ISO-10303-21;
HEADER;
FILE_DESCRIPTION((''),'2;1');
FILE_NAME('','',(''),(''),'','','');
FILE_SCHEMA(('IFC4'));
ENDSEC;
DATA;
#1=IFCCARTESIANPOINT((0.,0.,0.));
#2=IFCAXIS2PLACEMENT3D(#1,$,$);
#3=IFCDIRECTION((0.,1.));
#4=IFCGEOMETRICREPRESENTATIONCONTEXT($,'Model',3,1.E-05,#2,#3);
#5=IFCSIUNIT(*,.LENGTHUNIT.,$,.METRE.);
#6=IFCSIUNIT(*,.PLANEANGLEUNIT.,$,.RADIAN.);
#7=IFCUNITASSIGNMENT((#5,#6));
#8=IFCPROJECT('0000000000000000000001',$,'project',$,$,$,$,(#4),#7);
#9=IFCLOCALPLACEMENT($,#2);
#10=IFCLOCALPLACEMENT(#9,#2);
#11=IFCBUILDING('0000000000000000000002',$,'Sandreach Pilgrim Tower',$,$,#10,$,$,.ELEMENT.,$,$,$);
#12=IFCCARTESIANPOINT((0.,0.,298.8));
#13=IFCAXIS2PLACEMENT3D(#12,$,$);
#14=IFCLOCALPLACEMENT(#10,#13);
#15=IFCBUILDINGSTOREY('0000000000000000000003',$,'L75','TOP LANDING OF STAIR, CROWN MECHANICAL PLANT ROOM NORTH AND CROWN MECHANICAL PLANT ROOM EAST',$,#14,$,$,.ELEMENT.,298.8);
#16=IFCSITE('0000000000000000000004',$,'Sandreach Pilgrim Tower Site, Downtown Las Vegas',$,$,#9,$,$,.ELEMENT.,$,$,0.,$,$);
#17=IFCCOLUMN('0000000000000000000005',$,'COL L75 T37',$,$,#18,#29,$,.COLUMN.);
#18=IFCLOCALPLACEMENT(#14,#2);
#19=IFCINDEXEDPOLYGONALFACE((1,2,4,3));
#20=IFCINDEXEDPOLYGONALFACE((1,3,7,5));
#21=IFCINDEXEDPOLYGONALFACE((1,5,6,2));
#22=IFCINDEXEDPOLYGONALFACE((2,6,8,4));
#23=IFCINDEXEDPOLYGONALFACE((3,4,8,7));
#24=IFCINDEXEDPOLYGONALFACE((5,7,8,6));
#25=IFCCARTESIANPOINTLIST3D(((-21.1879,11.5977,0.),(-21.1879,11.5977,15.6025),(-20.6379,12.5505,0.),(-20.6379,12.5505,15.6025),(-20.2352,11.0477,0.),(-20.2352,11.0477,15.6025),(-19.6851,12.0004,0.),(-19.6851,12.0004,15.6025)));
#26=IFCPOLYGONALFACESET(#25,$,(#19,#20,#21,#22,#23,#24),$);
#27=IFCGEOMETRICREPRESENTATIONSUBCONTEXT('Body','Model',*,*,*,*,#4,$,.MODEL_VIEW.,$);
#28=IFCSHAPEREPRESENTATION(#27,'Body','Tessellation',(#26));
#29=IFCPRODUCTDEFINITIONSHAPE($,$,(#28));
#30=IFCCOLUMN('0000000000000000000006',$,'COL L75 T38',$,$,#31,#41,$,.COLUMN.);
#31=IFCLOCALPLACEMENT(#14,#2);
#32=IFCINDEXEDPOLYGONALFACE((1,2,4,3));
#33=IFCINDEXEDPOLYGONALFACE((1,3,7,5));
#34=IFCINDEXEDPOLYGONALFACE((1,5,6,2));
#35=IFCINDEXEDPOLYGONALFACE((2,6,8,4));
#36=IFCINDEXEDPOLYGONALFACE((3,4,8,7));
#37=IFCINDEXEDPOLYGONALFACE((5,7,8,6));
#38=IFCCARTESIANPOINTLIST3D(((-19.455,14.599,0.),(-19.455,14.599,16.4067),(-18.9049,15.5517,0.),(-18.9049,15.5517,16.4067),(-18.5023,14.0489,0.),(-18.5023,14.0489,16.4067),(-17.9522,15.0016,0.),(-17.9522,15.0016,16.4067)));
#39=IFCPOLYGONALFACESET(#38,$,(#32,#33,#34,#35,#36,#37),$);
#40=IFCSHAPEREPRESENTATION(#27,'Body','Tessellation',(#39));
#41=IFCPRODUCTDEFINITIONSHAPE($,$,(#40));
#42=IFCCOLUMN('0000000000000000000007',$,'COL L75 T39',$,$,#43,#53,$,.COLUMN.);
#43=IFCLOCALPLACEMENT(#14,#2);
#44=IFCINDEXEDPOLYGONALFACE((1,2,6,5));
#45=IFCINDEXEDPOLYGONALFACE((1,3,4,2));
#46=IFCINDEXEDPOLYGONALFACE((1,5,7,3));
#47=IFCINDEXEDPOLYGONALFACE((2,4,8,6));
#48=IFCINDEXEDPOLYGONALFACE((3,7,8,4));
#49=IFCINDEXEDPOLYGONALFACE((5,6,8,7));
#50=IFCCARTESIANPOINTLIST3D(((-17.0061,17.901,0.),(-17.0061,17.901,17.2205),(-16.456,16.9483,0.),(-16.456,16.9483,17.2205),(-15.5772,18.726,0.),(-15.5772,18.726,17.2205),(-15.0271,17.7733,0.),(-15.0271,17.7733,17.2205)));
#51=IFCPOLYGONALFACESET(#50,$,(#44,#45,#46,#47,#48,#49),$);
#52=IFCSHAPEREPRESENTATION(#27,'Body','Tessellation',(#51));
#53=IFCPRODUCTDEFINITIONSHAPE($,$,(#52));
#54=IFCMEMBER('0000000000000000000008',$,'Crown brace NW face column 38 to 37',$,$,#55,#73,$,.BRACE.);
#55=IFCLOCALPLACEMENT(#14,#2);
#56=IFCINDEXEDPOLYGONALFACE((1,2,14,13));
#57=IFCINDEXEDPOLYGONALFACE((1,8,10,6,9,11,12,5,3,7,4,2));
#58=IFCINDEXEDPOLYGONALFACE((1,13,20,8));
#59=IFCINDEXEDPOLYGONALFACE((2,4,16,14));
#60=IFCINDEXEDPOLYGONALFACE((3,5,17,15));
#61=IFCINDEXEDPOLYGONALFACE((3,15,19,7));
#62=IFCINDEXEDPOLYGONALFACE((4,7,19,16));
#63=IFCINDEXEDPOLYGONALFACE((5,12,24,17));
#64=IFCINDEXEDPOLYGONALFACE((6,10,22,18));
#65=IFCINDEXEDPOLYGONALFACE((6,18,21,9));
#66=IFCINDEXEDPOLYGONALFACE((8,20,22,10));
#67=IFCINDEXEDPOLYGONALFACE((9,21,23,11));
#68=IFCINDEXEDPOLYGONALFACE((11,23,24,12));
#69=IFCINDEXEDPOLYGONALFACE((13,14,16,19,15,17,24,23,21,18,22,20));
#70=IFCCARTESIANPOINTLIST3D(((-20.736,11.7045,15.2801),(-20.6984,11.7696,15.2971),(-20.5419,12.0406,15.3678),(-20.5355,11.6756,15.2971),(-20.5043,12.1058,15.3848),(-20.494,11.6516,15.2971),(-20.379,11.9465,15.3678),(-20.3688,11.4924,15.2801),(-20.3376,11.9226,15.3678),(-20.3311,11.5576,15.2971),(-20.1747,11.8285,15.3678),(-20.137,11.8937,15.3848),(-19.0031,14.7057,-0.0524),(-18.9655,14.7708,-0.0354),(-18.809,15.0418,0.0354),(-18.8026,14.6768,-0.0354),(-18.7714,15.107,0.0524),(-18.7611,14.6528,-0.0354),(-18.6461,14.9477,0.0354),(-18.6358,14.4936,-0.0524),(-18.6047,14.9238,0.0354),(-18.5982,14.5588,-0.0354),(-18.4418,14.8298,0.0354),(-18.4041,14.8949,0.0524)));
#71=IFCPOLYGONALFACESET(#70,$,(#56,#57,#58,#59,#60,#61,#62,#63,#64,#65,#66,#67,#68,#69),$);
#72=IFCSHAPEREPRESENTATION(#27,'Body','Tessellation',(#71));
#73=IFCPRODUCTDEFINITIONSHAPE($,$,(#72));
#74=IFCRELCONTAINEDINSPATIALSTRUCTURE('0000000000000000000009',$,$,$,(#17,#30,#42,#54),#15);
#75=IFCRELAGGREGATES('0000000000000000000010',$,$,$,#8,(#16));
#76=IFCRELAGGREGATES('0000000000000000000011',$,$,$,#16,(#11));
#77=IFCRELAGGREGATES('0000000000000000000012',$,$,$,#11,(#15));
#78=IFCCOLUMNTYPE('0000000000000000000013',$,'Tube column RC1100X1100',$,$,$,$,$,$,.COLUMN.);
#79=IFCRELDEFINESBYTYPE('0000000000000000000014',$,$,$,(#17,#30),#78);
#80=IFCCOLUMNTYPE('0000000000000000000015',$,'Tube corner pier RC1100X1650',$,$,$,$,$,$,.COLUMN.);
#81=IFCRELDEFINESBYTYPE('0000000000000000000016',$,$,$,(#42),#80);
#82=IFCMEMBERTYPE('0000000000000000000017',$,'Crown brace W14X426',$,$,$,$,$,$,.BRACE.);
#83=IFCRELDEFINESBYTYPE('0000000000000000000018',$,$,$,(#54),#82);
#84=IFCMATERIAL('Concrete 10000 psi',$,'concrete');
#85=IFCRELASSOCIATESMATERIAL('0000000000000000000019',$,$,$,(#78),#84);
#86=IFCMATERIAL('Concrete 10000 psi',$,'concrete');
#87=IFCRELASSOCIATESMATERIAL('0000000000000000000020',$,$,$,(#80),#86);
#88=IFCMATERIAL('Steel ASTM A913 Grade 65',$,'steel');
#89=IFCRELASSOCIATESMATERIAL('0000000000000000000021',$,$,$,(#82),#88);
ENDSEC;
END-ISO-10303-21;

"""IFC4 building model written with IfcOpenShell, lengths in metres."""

from ifc_helpers import new_model, si_unit, direction, frame, origin, origin_2d, place, context, subcontext, project, spatial, rectangle, i_section, extrude, material, material_profile, profile_set, type_object, element, save


model = new_model("IFC4")

# Units and contexts
model_context = context("Model", 3, precision=1e-05, world=origin(), true_north=direction((0.0, 1.0)))
body_context = subcontext(model_context, "Body", "Model", "MODEL_VIEW")
ifc_project = project(units=[si_unit("LENGTHUNIT", "METRE"), si_unit("PLANEANGLEUNIT", "RADIAN")], contexts=[model_context])

# Site, building, storey
site_placement = place(None, origin())
site = spatial("IfcSite", under=ifc_project, at=site_placement, Name="Sandreach Pilgrim Tower Site, Downtown Las Vegas", CompositionType="ELEMENT", RefElevation=0.0)
building_placement = place(site_placement, origin())
building = spatial("IfcBuilding", under=site, at=building_placement, Name="Sandreach Pilgrim Tower", CompositionType="ELEMENT")
storey_placement = place(building_placement, frame((0.0, 0.0, 298.8)))
storey = spatial("IfcBuildingStorey", under=building, at=storey_placement, Name="L75", Description="TOP LANDING OF STAIR, CROWN MECHANICAL PLANT ROOM NORTH AND CROWN MECHANICAL PLANT ROOM EAST", CompositionType="ELEMENT", Elevation=298.8)

# Columns
ifc_material_1 = material(Name="Concrete 10000 psi", Category="concrete")
ifc_material_profile_1 = material_profile(ifc_material_1, rectangle(XDim=1.1001, YDim=1.1001, at=origin_2d()), Name="RC1100X1100")
ifc_profile_set_1 = profile_set([ifc_material_profile_1], Name="Concrete 10000 psi")
column_type_1 = type_object("IfcColumnType", Name="Tube column RC1100X1100", PredefinedType="COLUMN", material=ifc_profile_set_1)
column_1_placement = place(storey_placement, frame((-20.4365, 11.7991, 0.0), z_axis=(0.0, 0.0, 1.0), x_axis=(-0.866025, 0.5, 0.0)))
element("IfcColumn", 1, at=column_1_placement, inside=storey, type_object=column_type_1, Name="COL L75 T37", PredefinedType="COLUMN", context=body_context, shape_type="SweptSolid", body=[
    extrude(rectangle(XDim=1.1001, YDim=1.1001, at=origin_2d()), origin(), (0.0, 0.0, 1.0), 15.6025),
])
column_2_placement = place(storey_placement, frame((-18.7036, 14.8003, 0.0), z_axis=(0.0, 0.0, 1.0), x_axis=(-0.866025, 0.5, 0.0)))
element("IfcColumn", 2, at=column_2_placement, inside=storey, type_object=column_type_1, Name="COL L75 T38", PredefinedType="COLUMN", context=body_context, shape_type="SweptSolid", body=[
    extrude(rectangle(XDim=1.1001, YDim=1.1001, at=origin_2d()), origin(), (0.0, 0.0, 1.0), 16.4067),
])
ifc_material_2 = material(Name="Concrete 10000 psi", Category="concrete")
ifc_material_profile_2 = material_profile(ifc_material_2, rectangle(XDim=1.1001, YDim=1.6499, at=origin_2d()), Name="RC1100X1650")
ifc_profile_set_2 = profile_set([ifc_material_profile_2], Name="Concrete 10000 psi")
column_type_2 = type_object("IfcColumnType", Name="Tube corner pier RC1100X1650", PredefinedType="COLUMN", material=ifc_profile_set_2)
column_3_placement = place(storey_placement, frame((-16.0166, 17.8372, 0.0), z_axis=(0.0, 0.0, 1.0), x_axis=(-0.5, 0.866025, 0.0)))
element("IfcColumn", 3, at=column_3_placement, inside=storey, type_object=column_type_2, Name="COL L75 T39", PredefinedType="COLUMN", context=body_context, shape_type="SweptSolid", body=[
    extrude(rectangle(XDim=1.1001, YDim=1.6499, at=origin_2d()), origin(), (0.0, 0.0, 1.0), 17.2205),
])

# Member
ifc_material_3 = material(Name="Steel ASTM A913 Grade 65", Category="steel")
ifc_material_profile_3 = material_profile(ifc_material_3, i_section(OverallWidth=0.4241, OverallDepth=0.4751, WebThickness=0.0479, FlangeThickness=0.0771, at=origin_2d()), Name="W14X426")
ifc_profile_set_3 = profile_set([ifc_material_profile_3], Name="Steel ASTM A913 Grade 65")
member_type = type_object("IfcMemberType", Name="Crown brace W14X426", PredefinedType="BRACE", material=ifc_profile_set_3)
member_placement = place(storey_placement, frame((-18.7036, 14.8003, 0.0), z_axis=(-0.110241, -0.190926, 0.975394), x_axis=(0.866006, -0.500033, 0.0)))
element("IfcMember", 4, at=member_placement, inside=storey, type_object=member_type, Name="Crown brace NW face column 38 to 37", PredefinedType="BRACE", context=body_context, shape_type="SweptSolid", body=[
    extrude(i_section(OverallWidth=0.4241, OverallDepth=0.4751, WebThickness=0.0479, FlangeThickness=0.0771, at=origin_2d()), origin(), (0.0, 0.0, 1.0), 15.7192),
])

save(model, "model.ifc")
